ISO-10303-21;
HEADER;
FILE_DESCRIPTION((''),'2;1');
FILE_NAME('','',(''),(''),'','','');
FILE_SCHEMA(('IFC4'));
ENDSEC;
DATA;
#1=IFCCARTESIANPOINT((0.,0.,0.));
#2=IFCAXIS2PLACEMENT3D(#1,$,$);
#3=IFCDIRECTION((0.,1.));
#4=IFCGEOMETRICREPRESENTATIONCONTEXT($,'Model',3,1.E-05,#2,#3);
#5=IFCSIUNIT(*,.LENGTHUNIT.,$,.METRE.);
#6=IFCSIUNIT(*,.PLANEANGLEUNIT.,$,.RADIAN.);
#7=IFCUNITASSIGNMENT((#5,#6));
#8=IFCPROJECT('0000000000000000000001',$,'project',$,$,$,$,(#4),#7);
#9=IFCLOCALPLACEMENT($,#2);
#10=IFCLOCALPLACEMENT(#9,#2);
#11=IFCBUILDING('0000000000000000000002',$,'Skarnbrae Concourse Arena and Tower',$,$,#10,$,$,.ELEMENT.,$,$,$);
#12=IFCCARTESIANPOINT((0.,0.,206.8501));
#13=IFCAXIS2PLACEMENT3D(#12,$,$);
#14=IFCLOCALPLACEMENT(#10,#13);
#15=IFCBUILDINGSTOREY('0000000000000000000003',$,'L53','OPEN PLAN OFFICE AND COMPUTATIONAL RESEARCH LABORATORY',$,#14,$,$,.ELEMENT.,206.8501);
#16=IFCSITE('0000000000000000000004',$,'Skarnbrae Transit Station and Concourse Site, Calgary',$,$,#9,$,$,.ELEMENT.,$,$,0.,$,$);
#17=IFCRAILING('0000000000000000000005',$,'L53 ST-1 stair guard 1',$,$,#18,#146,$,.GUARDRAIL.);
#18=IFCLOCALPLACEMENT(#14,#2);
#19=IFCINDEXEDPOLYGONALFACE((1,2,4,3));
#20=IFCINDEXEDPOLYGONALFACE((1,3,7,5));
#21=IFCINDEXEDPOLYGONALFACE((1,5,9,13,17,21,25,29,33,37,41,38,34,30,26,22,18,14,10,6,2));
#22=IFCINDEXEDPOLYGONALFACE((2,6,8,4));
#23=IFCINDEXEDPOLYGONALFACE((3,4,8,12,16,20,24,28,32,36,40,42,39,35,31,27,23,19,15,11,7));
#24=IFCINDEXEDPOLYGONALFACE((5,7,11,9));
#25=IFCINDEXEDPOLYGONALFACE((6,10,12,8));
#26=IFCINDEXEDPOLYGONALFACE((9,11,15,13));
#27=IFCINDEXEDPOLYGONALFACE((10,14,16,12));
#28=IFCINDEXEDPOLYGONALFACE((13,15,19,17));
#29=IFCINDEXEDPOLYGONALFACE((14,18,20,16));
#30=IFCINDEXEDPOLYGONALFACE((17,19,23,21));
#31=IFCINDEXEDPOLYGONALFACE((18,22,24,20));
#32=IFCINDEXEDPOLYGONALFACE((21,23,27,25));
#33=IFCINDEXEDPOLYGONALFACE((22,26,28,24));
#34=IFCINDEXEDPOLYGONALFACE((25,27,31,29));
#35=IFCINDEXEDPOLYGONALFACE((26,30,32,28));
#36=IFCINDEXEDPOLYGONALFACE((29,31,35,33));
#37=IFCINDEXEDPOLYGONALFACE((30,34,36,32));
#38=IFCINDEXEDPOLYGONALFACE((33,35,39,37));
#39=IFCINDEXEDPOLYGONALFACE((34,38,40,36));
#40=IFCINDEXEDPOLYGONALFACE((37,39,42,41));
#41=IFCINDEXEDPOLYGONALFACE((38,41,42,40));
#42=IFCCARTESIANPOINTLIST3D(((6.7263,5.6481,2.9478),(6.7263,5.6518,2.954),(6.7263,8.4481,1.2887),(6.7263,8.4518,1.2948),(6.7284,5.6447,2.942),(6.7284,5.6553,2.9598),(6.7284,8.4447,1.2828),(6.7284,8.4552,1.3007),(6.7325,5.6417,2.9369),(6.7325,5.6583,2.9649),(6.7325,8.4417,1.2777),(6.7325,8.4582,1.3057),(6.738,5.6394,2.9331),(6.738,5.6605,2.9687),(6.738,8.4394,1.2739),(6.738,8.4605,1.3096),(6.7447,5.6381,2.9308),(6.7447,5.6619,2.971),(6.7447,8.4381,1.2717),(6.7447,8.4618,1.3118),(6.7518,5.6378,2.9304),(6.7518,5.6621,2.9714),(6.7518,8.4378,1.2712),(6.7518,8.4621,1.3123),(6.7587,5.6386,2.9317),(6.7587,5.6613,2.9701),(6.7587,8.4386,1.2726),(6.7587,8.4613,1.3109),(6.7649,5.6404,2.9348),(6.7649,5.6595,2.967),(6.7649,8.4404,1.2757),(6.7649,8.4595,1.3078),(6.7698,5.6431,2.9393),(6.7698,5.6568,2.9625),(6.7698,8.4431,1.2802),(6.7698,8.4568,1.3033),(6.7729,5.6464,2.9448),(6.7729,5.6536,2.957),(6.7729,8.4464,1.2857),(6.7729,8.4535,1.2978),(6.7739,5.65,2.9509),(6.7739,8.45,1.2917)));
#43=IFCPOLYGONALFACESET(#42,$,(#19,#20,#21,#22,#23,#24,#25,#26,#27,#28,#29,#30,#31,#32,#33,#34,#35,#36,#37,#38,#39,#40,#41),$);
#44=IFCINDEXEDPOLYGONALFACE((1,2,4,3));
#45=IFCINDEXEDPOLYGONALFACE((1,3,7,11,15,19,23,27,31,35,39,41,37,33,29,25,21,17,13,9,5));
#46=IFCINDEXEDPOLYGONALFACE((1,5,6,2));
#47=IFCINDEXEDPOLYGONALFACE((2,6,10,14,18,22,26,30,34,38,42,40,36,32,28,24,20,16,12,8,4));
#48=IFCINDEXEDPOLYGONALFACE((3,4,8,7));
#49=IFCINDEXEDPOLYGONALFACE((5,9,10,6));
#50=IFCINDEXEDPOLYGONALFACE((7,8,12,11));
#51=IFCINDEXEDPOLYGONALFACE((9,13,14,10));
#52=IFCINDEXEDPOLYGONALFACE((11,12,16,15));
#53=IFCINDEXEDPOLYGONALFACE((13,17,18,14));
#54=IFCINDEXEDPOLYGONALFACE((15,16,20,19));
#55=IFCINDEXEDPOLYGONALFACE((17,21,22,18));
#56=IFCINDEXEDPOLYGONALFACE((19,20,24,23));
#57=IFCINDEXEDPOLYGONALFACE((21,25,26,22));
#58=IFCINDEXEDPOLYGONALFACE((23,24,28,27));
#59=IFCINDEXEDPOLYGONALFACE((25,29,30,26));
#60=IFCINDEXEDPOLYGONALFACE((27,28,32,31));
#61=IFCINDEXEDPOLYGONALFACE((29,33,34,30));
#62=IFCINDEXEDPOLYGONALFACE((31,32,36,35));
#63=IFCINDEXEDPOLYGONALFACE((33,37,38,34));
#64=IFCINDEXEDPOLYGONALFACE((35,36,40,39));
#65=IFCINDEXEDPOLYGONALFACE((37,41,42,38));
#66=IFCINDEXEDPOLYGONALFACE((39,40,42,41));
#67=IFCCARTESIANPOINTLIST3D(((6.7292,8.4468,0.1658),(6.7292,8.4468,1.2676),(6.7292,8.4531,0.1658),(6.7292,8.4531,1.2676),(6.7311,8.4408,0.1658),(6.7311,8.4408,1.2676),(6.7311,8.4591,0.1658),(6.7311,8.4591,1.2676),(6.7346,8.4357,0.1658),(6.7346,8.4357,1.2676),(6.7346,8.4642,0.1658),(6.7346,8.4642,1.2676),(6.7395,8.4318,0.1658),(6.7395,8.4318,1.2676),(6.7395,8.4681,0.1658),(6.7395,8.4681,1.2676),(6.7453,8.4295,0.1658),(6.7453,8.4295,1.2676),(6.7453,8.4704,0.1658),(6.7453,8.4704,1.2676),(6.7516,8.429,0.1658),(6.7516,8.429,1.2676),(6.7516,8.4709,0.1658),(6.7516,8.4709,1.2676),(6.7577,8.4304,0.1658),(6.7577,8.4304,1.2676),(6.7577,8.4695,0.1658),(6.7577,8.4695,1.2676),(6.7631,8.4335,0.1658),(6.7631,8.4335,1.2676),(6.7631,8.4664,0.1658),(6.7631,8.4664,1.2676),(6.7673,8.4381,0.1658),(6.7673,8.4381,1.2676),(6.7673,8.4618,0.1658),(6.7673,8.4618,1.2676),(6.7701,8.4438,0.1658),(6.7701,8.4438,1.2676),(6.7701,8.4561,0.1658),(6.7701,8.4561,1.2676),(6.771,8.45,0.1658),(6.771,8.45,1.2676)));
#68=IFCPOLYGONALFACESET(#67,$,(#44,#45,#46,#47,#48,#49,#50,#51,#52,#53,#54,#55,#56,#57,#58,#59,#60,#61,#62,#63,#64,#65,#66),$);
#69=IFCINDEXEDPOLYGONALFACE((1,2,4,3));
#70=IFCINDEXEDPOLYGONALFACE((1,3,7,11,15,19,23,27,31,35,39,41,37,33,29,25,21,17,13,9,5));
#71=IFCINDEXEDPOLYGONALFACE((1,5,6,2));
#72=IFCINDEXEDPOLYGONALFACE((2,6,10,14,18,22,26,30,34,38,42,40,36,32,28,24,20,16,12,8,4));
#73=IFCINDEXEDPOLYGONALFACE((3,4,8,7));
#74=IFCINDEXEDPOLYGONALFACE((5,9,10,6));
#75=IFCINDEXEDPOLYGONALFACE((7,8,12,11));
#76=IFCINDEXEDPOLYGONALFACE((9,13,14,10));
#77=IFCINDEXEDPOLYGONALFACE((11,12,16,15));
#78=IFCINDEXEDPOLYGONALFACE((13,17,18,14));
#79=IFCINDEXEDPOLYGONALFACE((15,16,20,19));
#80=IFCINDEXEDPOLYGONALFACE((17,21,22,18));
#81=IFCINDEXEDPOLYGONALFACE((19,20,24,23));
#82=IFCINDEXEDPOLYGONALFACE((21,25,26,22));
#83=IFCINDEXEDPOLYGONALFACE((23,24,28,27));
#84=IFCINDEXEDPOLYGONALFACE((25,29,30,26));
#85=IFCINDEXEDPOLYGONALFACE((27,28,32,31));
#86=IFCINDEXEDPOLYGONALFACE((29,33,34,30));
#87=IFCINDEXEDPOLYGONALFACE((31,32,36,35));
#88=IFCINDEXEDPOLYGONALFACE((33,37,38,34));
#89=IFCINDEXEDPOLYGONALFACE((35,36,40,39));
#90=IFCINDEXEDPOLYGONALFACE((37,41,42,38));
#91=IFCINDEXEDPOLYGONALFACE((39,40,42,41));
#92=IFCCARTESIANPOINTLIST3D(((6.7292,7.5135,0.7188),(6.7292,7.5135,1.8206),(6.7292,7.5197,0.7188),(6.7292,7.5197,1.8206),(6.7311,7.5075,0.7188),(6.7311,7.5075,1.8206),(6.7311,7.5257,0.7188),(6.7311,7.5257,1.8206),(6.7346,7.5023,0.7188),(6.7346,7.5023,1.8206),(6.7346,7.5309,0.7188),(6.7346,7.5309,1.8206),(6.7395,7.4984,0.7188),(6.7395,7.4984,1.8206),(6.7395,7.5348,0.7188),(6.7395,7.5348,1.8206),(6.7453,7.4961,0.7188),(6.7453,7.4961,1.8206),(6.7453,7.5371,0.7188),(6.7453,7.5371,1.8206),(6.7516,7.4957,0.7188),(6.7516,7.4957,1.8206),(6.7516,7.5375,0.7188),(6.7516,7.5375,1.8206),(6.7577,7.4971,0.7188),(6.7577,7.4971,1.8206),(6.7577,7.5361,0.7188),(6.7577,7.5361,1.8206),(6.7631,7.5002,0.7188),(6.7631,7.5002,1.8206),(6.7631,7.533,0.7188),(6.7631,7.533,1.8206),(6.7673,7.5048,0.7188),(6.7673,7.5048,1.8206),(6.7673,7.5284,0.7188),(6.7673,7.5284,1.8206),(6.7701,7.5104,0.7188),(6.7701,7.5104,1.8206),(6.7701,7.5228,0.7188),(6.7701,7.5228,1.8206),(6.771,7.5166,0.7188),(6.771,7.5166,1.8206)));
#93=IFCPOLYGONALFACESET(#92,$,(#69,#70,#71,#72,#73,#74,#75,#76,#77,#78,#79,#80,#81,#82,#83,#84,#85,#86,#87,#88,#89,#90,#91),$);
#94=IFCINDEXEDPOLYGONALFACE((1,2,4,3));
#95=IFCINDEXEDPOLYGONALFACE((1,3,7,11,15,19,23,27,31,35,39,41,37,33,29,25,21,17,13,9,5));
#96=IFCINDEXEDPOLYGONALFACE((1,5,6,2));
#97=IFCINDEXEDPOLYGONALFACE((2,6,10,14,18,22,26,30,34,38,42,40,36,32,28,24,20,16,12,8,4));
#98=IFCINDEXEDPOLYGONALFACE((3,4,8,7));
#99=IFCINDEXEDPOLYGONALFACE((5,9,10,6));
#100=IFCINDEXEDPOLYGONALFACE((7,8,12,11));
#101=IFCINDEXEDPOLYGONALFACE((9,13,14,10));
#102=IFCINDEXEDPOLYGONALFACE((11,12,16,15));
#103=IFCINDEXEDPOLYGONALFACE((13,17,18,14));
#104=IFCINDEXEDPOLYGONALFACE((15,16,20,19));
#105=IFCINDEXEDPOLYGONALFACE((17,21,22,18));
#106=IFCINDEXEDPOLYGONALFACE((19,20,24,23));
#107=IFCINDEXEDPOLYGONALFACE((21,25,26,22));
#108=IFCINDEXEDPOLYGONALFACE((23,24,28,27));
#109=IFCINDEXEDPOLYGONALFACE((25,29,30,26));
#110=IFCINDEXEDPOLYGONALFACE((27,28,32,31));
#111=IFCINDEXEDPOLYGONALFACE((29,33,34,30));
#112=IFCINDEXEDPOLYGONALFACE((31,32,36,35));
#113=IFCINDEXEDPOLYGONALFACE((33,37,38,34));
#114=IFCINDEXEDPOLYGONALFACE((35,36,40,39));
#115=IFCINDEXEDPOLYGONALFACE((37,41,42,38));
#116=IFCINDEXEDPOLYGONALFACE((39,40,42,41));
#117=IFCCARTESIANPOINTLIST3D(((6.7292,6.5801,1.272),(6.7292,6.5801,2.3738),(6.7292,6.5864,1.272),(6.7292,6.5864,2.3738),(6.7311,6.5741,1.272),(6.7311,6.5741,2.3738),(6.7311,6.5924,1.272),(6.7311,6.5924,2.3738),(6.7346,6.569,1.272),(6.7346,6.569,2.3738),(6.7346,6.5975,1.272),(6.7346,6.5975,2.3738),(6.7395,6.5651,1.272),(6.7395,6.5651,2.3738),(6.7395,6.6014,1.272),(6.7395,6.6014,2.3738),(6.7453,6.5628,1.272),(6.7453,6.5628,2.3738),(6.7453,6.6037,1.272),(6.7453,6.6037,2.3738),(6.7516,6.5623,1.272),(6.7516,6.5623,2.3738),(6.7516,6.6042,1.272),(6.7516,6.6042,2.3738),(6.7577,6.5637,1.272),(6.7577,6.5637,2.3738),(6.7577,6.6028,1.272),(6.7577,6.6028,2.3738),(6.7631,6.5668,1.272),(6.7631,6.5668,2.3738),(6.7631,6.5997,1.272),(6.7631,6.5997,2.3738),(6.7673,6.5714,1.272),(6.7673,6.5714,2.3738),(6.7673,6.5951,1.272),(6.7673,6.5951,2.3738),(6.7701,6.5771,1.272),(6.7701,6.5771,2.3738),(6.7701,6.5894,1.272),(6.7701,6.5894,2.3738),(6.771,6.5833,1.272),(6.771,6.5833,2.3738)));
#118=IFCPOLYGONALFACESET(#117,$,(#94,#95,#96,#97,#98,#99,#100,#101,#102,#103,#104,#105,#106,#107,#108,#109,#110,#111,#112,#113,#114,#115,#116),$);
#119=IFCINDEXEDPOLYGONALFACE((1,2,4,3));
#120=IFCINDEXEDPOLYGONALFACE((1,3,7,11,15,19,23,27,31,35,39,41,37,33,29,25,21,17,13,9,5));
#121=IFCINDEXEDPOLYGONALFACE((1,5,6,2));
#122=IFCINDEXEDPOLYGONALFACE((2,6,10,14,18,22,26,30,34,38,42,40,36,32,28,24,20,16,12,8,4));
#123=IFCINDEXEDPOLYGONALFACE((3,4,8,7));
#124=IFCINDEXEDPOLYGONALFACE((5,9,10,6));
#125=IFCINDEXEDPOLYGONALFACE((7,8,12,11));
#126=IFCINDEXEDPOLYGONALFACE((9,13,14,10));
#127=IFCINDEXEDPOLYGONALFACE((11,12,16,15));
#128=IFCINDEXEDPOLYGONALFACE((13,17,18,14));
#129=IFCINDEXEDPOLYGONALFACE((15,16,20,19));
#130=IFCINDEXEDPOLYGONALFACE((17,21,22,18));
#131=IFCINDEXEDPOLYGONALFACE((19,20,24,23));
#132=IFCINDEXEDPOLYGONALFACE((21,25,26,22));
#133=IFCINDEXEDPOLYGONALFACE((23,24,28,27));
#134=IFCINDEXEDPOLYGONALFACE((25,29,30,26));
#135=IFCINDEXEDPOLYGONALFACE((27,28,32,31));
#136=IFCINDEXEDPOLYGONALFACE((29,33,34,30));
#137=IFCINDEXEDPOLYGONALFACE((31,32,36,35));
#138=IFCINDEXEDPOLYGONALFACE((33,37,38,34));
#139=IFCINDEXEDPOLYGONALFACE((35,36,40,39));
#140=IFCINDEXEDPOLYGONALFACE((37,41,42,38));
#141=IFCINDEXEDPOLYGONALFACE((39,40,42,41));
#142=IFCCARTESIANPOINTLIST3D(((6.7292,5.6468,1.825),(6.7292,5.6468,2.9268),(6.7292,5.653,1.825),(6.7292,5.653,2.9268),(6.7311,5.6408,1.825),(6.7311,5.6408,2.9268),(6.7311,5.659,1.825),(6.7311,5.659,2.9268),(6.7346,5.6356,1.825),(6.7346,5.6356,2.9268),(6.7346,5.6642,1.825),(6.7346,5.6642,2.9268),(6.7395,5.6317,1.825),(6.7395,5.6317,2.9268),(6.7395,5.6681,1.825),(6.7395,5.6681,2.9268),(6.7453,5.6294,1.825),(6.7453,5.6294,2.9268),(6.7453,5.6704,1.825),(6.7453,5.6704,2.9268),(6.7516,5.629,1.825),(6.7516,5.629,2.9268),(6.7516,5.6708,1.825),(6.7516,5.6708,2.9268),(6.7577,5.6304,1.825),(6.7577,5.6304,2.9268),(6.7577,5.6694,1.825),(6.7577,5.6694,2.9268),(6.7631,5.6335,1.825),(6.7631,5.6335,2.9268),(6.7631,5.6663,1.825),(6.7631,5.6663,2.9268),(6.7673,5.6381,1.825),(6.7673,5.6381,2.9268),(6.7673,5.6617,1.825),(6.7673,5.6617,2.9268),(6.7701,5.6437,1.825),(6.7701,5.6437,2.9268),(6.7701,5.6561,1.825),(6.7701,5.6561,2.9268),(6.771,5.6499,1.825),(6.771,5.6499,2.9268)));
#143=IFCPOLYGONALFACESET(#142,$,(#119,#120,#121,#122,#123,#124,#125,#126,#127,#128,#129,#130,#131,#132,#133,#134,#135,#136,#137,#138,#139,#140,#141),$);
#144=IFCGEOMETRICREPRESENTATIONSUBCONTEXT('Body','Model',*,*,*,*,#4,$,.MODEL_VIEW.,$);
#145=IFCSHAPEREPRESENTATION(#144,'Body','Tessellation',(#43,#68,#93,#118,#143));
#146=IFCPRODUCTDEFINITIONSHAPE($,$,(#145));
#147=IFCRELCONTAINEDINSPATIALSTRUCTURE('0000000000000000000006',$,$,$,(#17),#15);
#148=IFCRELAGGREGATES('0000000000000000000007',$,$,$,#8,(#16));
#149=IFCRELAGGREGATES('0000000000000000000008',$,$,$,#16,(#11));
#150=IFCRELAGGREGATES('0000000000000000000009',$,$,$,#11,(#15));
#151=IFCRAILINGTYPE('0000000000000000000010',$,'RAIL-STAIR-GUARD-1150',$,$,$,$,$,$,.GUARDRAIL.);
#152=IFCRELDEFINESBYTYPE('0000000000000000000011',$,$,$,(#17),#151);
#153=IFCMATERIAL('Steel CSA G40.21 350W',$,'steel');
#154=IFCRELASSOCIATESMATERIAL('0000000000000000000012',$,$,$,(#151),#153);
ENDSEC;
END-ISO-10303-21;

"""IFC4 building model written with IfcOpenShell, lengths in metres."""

from ifc_helpers import new_model, si_unit, direction, frame, origin, origin_2d, place, context, subcontext, project, spatial, circle, extrude, material, type_object, element, save


model = new_model("IFC4")

# Units and contexts
model_context = context("Model", 3, precision=1e-05, world=origin(), true_north=direction((0.0, 1.0)))
body_context = subcontext(model_context, "Body", "Model", "MODEL_VIEW")
ifc_project = project(units=[si_unit("LENGTHUNIT", "METRE"), si_unit("PLANEANGLEUNIT", "RADIAN")], contexts=[model_context])

# Site, building, storey
site_placement = place(None, origin())
site = spatial("IfcSite", under=ifc_project, at=site_placement, Name="Skarnbrae Transit Station and Concourse Site, Calgary", CompositionType="ELEMENT", RefElevation=0.0)
building_placement = place(site_placement, origin())
building = spatial("IfcBuilding", under=site, at=building_placement, Name="Skarnbrae Concourse Arena and Tower", CompositionType="ELEMENT")
storey_placement = place(building_placement, frame((0.0, 0.0, 206.8501)))
storey = spatial("IfcBuildingStorey", under=building, at=storey_placement, Name="L53", Description="OPEN PLAN OFFICE AND COMPUTATIONAL RESEARCH LABORATORY", CompositionType="ELEMENT", Elevation=206.8501)

# Railing
ifc_material_1 = material(Name="Steel CSA G40.21 350W", Category="steel")
railing_type_1 = type_object("IfcRailingType", Name="RAIL-STAIR-GUARD-1150", PredefinedType="GUARDRAIL", material=ifc_material_1)
railing_1_placement = place(storey_placement, frame((6.75, 8.45, 0.1658)))
element("IfcRailing", 1, at=railing_1_placement, inside=storey, type_object=railing_type_1, Name="L53 ST-1 stair guard 1", PredefinedType="GUARDRAIL", context=body_context, shape_type="SweptSolid", body=[
    extrude(circle(Radius=0.0239, at=origin_2d()), frame((0.0, 0.0, 1.126), z_axis=(0.0, -0.860306, 0.509778), x_axis=(1.0, 0.0, 0.0)), (0.0, 0.0, 1.0), 3.2546),
    extrude(circle(Radius=0.021, at=origin_2d()), origin(), (0.0, 0.0, 1.0), 1.1018),
    extrude(circle(Radius=0.021, at=origin_2d()), frame((0.0, -0.9333, 0.553)), (0.0, 0.0, 1.0), 1.1018),
    extrude(circle(Radius=0.021, at=origin_2d()), frame((0.0, -1.8667, 1.1062)), (0.0, 0.0, 1.0), 1.1018),
    extrude(circle(Radius=0.021, at=origin_2d()), frame((0.0, -2.8, 1.6592)), (0.0, 0.0, 1.0), 1.1018),
])

save(model, "model.ifc")
